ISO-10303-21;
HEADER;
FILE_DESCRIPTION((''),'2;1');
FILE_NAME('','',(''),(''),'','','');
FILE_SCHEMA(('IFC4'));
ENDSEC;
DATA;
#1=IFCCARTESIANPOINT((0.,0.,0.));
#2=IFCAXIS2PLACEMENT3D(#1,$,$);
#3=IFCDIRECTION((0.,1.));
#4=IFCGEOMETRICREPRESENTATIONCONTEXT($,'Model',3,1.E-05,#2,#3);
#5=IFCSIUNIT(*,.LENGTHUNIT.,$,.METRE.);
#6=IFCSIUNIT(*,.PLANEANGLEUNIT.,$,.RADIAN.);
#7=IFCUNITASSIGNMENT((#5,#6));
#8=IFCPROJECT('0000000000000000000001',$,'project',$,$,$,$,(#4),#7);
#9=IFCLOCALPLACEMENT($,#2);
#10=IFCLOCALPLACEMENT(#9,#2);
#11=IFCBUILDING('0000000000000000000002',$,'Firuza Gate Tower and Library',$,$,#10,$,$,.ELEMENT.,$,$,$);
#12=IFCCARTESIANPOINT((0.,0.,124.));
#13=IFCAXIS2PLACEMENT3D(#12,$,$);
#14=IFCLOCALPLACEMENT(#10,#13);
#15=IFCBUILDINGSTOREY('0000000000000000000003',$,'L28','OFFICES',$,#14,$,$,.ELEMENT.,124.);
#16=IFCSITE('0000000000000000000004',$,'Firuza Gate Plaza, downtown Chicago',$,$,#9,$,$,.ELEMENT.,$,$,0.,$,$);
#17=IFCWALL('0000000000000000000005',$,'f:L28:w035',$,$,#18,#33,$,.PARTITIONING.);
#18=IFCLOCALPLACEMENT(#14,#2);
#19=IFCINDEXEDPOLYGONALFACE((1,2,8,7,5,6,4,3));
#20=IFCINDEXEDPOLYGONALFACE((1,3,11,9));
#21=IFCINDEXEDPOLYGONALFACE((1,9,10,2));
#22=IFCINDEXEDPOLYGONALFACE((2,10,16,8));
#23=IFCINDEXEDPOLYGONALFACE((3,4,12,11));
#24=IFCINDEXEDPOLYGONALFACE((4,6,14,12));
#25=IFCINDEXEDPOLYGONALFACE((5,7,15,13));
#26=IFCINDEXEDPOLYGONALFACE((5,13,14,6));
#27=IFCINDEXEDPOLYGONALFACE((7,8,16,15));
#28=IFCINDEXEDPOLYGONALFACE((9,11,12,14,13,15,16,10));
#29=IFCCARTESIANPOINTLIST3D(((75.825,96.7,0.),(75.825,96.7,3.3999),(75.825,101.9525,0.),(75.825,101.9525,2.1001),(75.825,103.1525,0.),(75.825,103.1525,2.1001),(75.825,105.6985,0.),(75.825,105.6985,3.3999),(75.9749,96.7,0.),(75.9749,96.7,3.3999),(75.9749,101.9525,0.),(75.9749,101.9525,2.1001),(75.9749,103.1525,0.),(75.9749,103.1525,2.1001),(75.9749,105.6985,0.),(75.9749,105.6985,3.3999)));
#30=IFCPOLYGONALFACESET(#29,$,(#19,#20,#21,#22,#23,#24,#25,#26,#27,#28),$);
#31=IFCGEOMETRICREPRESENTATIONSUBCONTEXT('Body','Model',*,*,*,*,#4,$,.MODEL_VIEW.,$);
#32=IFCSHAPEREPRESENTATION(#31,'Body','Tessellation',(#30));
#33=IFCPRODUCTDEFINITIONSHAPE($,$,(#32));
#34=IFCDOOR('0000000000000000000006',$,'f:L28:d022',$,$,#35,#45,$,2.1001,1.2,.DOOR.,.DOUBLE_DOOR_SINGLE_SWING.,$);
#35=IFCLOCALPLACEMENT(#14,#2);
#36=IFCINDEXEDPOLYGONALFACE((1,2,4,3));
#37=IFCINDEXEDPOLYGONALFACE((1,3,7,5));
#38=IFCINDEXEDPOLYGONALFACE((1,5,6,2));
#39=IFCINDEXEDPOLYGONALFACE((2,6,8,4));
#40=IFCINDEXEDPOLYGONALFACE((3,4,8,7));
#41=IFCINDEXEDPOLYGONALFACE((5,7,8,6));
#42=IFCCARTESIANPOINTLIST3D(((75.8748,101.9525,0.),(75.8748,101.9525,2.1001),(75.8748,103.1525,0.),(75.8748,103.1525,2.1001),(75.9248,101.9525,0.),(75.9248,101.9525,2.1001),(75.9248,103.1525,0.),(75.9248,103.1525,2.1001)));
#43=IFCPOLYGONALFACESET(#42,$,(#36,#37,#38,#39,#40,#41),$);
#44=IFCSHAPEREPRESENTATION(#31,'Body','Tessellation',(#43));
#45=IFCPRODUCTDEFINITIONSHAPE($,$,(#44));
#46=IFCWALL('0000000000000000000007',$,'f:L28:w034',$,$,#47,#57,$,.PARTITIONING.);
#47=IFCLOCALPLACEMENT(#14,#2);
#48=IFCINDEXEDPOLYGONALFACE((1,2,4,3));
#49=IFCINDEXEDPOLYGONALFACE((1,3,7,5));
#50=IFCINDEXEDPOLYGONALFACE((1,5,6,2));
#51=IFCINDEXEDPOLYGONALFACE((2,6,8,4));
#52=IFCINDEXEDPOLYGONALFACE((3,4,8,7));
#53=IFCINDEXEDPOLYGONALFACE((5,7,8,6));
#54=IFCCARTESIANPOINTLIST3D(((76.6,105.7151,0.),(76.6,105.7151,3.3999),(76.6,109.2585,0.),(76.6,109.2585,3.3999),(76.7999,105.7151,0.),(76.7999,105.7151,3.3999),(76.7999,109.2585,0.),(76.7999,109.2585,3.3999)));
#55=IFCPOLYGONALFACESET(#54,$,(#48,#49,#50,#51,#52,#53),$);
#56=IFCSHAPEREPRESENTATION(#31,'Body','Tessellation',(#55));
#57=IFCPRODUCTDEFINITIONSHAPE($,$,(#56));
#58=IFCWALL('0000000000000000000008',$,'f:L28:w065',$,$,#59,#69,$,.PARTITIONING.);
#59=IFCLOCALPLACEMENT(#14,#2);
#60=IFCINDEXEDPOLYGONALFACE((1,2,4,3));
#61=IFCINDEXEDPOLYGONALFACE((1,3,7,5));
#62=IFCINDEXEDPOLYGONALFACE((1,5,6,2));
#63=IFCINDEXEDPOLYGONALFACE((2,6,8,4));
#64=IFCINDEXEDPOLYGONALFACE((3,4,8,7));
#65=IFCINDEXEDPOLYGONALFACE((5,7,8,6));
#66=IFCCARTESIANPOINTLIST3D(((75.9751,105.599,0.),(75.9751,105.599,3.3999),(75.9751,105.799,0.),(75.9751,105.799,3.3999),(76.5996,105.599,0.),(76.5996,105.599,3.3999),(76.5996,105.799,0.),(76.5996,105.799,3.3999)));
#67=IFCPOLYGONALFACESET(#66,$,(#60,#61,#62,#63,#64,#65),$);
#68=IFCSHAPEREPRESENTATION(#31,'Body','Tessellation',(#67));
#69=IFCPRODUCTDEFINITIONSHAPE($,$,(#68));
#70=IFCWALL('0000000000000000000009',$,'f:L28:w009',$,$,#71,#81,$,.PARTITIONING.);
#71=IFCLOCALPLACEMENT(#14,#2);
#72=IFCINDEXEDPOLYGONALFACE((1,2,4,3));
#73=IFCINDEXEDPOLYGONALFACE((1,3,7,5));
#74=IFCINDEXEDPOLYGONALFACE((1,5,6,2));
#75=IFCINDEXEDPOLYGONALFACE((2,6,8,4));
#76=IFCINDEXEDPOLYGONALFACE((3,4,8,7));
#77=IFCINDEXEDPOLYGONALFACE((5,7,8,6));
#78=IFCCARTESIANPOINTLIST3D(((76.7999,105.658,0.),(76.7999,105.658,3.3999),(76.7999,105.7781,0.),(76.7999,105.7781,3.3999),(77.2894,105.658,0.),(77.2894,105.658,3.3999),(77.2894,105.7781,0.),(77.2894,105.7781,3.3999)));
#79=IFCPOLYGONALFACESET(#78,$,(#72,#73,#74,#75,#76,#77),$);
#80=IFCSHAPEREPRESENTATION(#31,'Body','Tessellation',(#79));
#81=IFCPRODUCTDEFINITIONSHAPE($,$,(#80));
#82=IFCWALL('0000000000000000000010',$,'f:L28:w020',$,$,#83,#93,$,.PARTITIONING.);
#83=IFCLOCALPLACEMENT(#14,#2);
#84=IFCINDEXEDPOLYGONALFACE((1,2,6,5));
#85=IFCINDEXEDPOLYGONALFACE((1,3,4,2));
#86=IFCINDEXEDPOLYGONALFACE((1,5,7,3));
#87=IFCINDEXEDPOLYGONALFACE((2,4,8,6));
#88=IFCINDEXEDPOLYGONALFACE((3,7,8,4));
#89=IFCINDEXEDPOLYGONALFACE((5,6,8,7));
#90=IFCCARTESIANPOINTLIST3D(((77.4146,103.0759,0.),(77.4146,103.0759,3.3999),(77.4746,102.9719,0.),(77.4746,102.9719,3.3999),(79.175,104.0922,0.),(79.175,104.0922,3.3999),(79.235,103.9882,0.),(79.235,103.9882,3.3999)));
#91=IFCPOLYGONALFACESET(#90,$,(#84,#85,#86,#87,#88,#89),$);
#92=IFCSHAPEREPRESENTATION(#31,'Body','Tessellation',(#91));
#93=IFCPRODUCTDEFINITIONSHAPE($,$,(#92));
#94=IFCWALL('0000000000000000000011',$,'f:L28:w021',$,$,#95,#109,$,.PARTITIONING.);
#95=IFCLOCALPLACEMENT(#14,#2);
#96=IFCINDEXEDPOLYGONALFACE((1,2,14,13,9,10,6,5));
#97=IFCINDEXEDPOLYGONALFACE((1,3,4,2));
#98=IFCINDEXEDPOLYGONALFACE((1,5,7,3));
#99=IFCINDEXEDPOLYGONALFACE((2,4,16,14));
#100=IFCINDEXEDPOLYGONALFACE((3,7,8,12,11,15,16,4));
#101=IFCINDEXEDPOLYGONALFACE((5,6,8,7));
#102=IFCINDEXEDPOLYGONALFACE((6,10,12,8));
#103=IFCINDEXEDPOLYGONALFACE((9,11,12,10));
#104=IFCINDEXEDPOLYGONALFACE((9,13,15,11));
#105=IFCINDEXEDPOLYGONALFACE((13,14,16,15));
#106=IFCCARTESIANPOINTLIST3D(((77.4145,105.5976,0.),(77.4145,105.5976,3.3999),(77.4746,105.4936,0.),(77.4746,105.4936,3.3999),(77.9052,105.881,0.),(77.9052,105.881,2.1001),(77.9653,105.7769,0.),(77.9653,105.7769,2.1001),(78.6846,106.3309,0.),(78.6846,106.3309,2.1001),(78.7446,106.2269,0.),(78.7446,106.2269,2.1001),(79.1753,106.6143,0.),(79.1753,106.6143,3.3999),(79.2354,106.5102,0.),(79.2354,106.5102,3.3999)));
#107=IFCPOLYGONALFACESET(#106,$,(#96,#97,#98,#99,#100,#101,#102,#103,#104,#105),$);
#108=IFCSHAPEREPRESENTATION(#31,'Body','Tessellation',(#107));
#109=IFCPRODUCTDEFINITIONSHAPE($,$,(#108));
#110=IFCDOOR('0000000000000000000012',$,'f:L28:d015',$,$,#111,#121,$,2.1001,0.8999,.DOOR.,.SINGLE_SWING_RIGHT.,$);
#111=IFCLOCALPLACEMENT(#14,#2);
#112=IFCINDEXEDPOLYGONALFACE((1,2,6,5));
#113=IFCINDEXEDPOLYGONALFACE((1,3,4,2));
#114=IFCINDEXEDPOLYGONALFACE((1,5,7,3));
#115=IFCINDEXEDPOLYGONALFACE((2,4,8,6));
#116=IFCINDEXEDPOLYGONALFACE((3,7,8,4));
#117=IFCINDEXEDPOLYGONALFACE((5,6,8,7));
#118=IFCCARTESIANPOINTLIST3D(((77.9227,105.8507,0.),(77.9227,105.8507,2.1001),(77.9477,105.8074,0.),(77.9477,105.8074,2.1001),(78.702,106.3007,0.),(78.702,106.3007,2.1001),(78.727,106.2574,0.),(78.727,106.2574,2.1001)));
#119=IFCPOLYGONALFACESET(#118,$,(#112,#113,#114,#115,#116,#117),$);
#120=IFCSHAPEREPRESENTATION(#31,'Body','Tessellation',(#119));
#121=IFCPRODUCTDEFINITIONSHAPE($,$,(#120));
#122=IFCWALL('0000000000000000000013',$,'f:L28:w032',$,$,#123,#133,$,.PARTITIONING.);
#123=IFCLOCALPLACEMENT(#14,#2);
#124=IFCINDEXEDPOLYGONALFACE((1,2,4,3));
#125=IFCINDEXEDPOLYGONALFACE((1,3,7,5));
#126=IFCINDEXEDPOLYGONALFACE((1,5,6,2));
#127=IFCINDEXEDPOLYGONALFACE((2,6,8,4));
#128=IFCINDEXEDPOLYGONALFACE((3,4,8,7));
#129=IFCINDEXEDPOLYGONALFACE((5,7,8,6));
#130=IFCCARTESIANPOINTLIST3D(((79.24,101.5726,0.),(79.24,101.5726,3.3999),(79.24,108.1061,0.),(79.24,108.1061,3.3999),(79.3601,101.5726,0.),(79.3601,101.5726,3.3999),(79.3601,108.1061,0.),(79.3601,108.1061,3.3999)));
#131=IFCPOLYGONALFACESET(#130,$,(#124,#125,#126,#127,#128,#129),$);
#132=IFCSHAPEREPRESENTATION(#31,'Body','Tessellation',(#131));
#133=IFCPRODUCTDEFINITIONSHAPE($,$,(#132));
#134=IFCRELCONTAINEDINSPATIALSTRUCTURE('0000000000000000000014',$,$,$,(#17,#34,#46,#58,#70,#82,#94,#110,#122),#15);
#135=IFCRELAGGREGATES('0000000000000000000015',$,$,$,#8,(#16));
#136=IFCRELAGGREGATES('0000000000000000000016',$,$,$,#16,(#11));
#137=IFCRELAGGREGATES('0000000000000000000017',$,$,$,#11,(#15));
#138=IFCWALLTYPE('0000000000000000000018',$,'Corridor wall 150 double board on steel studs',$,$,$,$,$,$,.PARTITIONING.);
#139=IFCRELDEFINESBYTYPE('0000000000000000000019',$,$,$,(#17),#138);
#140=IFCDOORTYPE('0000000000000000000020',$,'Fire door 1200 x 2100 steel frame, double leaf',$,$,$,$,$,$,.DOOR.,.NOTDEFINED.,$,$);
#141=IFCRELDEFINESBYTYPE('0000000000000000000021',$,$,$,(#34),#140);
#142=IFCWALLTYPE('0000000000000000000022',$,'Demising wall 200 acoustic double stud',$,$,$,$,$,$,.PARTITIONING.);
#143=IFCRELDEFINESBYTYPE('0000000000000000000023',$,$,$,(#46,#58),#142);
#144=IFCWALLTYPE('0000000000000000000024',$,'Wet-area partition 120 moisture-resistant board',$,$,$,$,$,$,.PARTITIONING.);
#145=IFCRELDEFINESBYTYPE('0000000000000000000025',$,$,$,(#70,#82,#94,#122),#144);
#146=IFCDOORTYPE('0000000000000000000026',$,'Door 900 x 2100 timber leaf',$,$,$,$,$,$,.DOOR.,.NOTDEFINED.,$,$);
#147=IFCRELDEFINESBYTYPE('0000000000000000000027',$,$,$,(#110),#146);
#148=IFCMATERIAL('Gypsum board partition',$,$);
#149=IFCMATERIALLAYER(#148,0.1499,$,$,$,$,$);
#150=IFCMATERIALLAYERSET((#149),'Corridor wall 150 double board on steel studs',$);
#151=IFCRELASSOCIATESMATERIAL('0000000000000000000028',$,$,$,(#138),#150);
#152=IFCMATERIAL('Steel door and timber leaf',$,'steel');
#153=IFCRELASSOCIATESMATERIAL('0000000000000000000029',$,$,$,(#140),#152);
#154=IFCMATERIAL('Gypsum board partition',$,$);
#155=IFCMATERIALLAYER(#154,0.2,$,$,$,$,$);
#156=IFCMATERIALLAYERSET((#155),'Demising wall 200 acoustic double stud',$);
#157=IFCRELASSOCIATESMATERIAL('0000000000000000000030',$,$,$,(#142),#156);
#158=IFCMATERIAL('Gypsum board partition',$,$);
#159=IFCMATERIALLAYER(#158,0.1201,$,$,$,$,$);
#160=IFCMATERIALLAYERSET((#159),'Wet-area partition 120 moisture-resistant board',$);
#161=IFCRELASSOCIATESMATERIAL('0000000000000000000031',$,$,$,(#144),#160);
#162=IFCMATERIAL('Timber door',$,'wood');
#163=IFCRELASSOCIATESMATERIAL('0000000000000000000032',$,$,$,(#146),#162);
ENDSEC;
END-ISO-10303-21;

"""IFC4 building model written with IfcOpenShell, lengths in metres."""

from ifc_helpers import new_model, si_unit, direction, frame, frame_2d, origin, place, context, subcontext, project, spatial, rectangle, extrude, material, layer, layer_set, type_object, element, fill, save


model = new_model("IFC4")

# Units and contexts
model_context = context("Model", 3, precision=1e-05, world=origin(), true_north=direction((0.0, 1.0)))
body_context = subcontext(model_context, "Body", "Model", "MODEL_VIEW")
ifc_project = project(units=[si_unit("LENGTHUNIT", "METRE"), si_unit("PLANEANGLEUNIT", "RADIAN")], contexts=[model_context])

# Site, building, storey
site_placement = place(None, origin())
site = spatial("IfcSite", under=ifc_project, at=site_placement, Name="Firuza Gate Plaza, downtown Chicago", CompositionType="ELEMENT", RefElevation=0.0)
building_placement = place(site_placement, origin())
building = spatial("IfcBuilding", under=site, at=building_placement, Name="Firuza Gate Tower and Library", CompositionType="ELEMENT")
storey_placement = place(building_placement, frame((0.0, 0.0, 124.0)))
storey = spatial("IfcBuildingStorey", under=building, at=storey_placement, Name="L28", Description="OFFICES", CompositionType="ELEMENT", Elevation=124.0)

# Wall, opening, door
ifc_material_1 = material(Name="Gypsum board partition")
ifc_layer_1 = layer(ifc_material_1, 0.1499)
ifc_layer_set_1 = layer_set([ifc_layer_1], Name="Corridor wall 150 double board on steel studs")
wall_type_1 = type_object("IfcWallType", Name="Corridor wall 150 double board on steel studs", PredefinedType="PARTITIONING", material=ifc_layer_set_1)
wall_1_placement = place(storey_placement, frame((75.8999, 105.6985, 0.0), z_axis=(0.0, 0.0, 1.0), x_axis=(0.0, -1.0, 0.0)))
wall_1 = element("IfcWall", 1, at=wall_1_placement, inside=storey, type_object=wall_type_1, Name="f:L28:w035", PredefinedType="PARTITIONING", context=body_context, shape_type="SweptSolid", body=[
    extrude(rectangle(XDim=8.9985, YDim=0.1499, at=frame_2d((4.4993, 0.0))), origin(), (0.0, 0.0, 1.0), 3.3999),
])
opening_1_placement = place(wall_1_placement, frame((2.5459, 0.0, 0.0)))
opening_1 = element("IfcOpeningElement", 2, at=opening_1_placement, cuts=wall_1, PredefinedType="OPENING", context=body_context, shape_type="SweptSolid", body=[
    extrude(rectangle(XDim=1.2, YDim=2.1001, at=frame_2d((0.6001, 1.05))), frame((0.0, 0.085, 0.0), z_axis=(0.0, -1.0, 0.0), x_axis=(1.0, 0.0, 0.0)), (0.0, 0.0, 1.0), 0.1699),
])
ifc_material_2 = material(Name="Steel door and timber leaf", Category="steel")
door_type_1 = type_object("IfcDoorType", Name="Fire door 1200 x 2100 steel frame, double leaf", OperationType="NOTDEFINED", PredefinedType="DOOR", material=ifc_material_2)
door_1_placement = place(opening_1_placement, origin())
door_1 = element("IfcDoor", 3, at=door_1_placement, inside=storey, type_object=door_type_1, Name="f:L28:d022", OperationType="DOUBLE_DOOR_SINGLE_SWING", OverallHeight=2.1001, OverallWidth=1.2, PredefinedType="DOOR", context=body_context, shape_type="SweptSolid", body=[
    extrude(rectangle(XDim=1.2, YDim=2.1001, at=frame_2d((0.6001, 1.05))), frame((0.0, 0.0249, 0.0), z_axis=(0.0, -1.0, 0.0), x_axis=(1.0, 0.0, 0.0)), (0.0, 0.0, 1.0), 0.05),
])
fill(opening_1, door_1)

# Walls
ifc_material_3 = material(Name="Gypsum board partition")
ifc_layer_2 = layer(ifc_material_3, 0.2)
ifc_layer_set_2 = layer_set([ifc_layer_2], Name="Demising wall 200 acoustic double stud")
wall_type_2 = type_object("IfcWallType", Name="Demising wall 200 acoustic double stud", PredefinedType="PARTITIONING", material=ifc_layer_set_2)
wall_2_placement = place(storey_placement, frame((76.7, 105.7151, 0.0), z_axis=(0.0, 0.0, 1.0), x_axis=(0.0, 1.0, 0.0)))
element("IfcWall", 4, at=wall_2_placement, inside=storey, type_object=wall_type_2, Name="f:L28:w034", PredefinedType="PARTITIONING", context=body_context, shape_type="SweptSolid", body=[
    extrude(rectangle(XDim=3.5435, YDim=0.2, at=frame_2d((1.7717, 0.0))), origin(), (0.0, 0.0, 1.0), 3.3999),
])
wall_3_placement = place(storey_placement, frame((75.9751, 105.699, 0.0), z_axis=(0.0, 0.0, 1.0), x_axis=(1.0, 0.0, 0.0)))
element("IfcWall", 5, at=wall_3_placement, inside=storey, type_object=wall_type_2, Name="f:L28:w065", PredefinedType="PARTITIONING", context=body_context, shape_type="SweptSolid", body=[
    extrude(rectangle(XDim=0.6245, YDim=0.2, at=frame_2d((0.3123, 0.0))), origin(), (0.0, 0.0, 1.0), 3.3999),
])
ifc_material_4 = material(Name="Gypsum board partition")
ifc_layer_3 = layer(ifc_material_4, 0.1201)
ifc_layer_set_3 = layer_set([ifc_layer_3], Name="Wet-area partition 120 moisture-resistant board")
wall_type_3 = type_object("IfcWallType", Name="Wet-area partition 120 moisture-resistant board", PredefinedType="PARTITIONING", material=ifc_layer_set_3)
wall_4_placement = place(storey_placement, frame((76.8, 105.718, 0.0), z_axis=(0.0, 0.0, 1.0), x_axis=(1.0, 0.0, 0.0)))
element("IfcWall", 6, at=wall_4_placement, inside=storey, type_object=wall_type_3, Name="f:L28:w009", PredefinedType="PARTITIONING", context=body_context, shape_type="SweptSolid", body=[
    extrude(rectangle(XDim=0.4895, YDim=0.1201, at=frame_2d((0.2446, 0.0))), origin(), (0.0, 0.0, 1.0), 3.3999),
])
wall_5_placement = place(storey_placement, frame((77.4446, 103.0239, 0.0), z_axis=(0.0, 0.0, 1.0), x_axis=(0.86604, 0.499975, 0.0)))
element("IfcWall", 7, at=wall_5_placement, inside=storey, type_object=wall_type_3, Name="f:L28:w020", PredefinedType="PARTITIONING", context=body_context, shape_type="SweptSolid", body=[
    extrude(rectangle(XDim=2.0327, YDim=0.1201, at=frame_2d((1.0164, 0.0))), origin(), (0.0, 0.0, 1.0), 3.3999),
])

# Wall, opening, door
wall_6_placement = place(storey_placement, frame((79.2053, 106.5623, 0.0), z_axis=(0.0, 0.0, 1.0), x_axis=(-0.866018, -0.500013, 0.0)))
wall_6 = element("IfcWall", 8, at=wall_6_placement, inside=storey, type_object=wall_type_3, Name="f:L28:w021", PredefinedType="PARTITIONING", context=body_context, shape_type="SweptSolid", body=[
    extrude(rectangle(XDim=2.0332, YDim=0.1201, at=frame_2d((1.0166, 0.0))), origin(), (0.0, 0.0, 1.0), 3.3999),
])
opening_2_placement = place(wall_6_placement, frame((0.5667, 0.0, 0.0)))
opening_2 = element("IfcOpeningElement", 9, at=opening_2_placement, cuts=wall_6, PredefinedType="OPENING", context=body_context, shape_type="SweptSolid", body=[
    extrude(rectangle(XDim=0.8999, YDim=2.1001, at=frame_2d((0.45, 1.05))), frame((0.0, 0.0701, 0.0), z_axis=(0.0, -1.0, 0.0), x_axis=(1.0, 0.0, 0.0)), (0.0, 0.0, 1.0), 0.1401),
])
ifc_material_5 = material(Name="Timber door", Category="wood")
door_type_2 = type_object("IfcDoorType", Name="Door 900 x 2100 timber leaf", OperationType="NOTDEFINED", PredefinedType="DOOR", material=ifc_material_5)
door_2_placement = place(opening_2_placement, origin())
door_2 = element("IfcDoor", 10, at=door_2_placement, inside=storey, type_object=door_type_2, Name="f:L28:d015", OperationType="SINGLE_SWING_RIGHT", OverallHeight=2.1001, OverallWidth=0.8999, PredefinedType="DOOR", context=body_context, shape_type="SweptSolid", body=[
    extrude(rectangle(XDim=0.8999, YDim=2.1001, at=frame_2d((0.45, 1.05))), frame((0.0, 0.0249, 0.0), z_axis=(0.0, -1.0, 0.0), x_axis=(1.0, 0.0, 0.0)), (0.0, 0.0, 1.0), 0.05),
])
fill(opening_2, door_2)

# Wall
wall_7_placement = place(storey_placement, frame((79.3, 101.5728, 0.0), z_axis=(0.0, 0.0, 1.0), x_axis=(0.0, 1.0, 0.0)))
element("IfcWall", 11, at=wall_7_placement, inside=storey, type_object=wall_type_3, Name="f:L28:w032", PredefinedType="PARTITIONING", context=body_context, shape_type="SweptSolid", body=[
    extrude(rectangle(XDim=6.5334, YDim=0.1201, at=frame_2d((3.2666, 0.0))), origin(), (0.0, 0.0, 1.0), 3.3999),
])

save(model, "model.ifc")
